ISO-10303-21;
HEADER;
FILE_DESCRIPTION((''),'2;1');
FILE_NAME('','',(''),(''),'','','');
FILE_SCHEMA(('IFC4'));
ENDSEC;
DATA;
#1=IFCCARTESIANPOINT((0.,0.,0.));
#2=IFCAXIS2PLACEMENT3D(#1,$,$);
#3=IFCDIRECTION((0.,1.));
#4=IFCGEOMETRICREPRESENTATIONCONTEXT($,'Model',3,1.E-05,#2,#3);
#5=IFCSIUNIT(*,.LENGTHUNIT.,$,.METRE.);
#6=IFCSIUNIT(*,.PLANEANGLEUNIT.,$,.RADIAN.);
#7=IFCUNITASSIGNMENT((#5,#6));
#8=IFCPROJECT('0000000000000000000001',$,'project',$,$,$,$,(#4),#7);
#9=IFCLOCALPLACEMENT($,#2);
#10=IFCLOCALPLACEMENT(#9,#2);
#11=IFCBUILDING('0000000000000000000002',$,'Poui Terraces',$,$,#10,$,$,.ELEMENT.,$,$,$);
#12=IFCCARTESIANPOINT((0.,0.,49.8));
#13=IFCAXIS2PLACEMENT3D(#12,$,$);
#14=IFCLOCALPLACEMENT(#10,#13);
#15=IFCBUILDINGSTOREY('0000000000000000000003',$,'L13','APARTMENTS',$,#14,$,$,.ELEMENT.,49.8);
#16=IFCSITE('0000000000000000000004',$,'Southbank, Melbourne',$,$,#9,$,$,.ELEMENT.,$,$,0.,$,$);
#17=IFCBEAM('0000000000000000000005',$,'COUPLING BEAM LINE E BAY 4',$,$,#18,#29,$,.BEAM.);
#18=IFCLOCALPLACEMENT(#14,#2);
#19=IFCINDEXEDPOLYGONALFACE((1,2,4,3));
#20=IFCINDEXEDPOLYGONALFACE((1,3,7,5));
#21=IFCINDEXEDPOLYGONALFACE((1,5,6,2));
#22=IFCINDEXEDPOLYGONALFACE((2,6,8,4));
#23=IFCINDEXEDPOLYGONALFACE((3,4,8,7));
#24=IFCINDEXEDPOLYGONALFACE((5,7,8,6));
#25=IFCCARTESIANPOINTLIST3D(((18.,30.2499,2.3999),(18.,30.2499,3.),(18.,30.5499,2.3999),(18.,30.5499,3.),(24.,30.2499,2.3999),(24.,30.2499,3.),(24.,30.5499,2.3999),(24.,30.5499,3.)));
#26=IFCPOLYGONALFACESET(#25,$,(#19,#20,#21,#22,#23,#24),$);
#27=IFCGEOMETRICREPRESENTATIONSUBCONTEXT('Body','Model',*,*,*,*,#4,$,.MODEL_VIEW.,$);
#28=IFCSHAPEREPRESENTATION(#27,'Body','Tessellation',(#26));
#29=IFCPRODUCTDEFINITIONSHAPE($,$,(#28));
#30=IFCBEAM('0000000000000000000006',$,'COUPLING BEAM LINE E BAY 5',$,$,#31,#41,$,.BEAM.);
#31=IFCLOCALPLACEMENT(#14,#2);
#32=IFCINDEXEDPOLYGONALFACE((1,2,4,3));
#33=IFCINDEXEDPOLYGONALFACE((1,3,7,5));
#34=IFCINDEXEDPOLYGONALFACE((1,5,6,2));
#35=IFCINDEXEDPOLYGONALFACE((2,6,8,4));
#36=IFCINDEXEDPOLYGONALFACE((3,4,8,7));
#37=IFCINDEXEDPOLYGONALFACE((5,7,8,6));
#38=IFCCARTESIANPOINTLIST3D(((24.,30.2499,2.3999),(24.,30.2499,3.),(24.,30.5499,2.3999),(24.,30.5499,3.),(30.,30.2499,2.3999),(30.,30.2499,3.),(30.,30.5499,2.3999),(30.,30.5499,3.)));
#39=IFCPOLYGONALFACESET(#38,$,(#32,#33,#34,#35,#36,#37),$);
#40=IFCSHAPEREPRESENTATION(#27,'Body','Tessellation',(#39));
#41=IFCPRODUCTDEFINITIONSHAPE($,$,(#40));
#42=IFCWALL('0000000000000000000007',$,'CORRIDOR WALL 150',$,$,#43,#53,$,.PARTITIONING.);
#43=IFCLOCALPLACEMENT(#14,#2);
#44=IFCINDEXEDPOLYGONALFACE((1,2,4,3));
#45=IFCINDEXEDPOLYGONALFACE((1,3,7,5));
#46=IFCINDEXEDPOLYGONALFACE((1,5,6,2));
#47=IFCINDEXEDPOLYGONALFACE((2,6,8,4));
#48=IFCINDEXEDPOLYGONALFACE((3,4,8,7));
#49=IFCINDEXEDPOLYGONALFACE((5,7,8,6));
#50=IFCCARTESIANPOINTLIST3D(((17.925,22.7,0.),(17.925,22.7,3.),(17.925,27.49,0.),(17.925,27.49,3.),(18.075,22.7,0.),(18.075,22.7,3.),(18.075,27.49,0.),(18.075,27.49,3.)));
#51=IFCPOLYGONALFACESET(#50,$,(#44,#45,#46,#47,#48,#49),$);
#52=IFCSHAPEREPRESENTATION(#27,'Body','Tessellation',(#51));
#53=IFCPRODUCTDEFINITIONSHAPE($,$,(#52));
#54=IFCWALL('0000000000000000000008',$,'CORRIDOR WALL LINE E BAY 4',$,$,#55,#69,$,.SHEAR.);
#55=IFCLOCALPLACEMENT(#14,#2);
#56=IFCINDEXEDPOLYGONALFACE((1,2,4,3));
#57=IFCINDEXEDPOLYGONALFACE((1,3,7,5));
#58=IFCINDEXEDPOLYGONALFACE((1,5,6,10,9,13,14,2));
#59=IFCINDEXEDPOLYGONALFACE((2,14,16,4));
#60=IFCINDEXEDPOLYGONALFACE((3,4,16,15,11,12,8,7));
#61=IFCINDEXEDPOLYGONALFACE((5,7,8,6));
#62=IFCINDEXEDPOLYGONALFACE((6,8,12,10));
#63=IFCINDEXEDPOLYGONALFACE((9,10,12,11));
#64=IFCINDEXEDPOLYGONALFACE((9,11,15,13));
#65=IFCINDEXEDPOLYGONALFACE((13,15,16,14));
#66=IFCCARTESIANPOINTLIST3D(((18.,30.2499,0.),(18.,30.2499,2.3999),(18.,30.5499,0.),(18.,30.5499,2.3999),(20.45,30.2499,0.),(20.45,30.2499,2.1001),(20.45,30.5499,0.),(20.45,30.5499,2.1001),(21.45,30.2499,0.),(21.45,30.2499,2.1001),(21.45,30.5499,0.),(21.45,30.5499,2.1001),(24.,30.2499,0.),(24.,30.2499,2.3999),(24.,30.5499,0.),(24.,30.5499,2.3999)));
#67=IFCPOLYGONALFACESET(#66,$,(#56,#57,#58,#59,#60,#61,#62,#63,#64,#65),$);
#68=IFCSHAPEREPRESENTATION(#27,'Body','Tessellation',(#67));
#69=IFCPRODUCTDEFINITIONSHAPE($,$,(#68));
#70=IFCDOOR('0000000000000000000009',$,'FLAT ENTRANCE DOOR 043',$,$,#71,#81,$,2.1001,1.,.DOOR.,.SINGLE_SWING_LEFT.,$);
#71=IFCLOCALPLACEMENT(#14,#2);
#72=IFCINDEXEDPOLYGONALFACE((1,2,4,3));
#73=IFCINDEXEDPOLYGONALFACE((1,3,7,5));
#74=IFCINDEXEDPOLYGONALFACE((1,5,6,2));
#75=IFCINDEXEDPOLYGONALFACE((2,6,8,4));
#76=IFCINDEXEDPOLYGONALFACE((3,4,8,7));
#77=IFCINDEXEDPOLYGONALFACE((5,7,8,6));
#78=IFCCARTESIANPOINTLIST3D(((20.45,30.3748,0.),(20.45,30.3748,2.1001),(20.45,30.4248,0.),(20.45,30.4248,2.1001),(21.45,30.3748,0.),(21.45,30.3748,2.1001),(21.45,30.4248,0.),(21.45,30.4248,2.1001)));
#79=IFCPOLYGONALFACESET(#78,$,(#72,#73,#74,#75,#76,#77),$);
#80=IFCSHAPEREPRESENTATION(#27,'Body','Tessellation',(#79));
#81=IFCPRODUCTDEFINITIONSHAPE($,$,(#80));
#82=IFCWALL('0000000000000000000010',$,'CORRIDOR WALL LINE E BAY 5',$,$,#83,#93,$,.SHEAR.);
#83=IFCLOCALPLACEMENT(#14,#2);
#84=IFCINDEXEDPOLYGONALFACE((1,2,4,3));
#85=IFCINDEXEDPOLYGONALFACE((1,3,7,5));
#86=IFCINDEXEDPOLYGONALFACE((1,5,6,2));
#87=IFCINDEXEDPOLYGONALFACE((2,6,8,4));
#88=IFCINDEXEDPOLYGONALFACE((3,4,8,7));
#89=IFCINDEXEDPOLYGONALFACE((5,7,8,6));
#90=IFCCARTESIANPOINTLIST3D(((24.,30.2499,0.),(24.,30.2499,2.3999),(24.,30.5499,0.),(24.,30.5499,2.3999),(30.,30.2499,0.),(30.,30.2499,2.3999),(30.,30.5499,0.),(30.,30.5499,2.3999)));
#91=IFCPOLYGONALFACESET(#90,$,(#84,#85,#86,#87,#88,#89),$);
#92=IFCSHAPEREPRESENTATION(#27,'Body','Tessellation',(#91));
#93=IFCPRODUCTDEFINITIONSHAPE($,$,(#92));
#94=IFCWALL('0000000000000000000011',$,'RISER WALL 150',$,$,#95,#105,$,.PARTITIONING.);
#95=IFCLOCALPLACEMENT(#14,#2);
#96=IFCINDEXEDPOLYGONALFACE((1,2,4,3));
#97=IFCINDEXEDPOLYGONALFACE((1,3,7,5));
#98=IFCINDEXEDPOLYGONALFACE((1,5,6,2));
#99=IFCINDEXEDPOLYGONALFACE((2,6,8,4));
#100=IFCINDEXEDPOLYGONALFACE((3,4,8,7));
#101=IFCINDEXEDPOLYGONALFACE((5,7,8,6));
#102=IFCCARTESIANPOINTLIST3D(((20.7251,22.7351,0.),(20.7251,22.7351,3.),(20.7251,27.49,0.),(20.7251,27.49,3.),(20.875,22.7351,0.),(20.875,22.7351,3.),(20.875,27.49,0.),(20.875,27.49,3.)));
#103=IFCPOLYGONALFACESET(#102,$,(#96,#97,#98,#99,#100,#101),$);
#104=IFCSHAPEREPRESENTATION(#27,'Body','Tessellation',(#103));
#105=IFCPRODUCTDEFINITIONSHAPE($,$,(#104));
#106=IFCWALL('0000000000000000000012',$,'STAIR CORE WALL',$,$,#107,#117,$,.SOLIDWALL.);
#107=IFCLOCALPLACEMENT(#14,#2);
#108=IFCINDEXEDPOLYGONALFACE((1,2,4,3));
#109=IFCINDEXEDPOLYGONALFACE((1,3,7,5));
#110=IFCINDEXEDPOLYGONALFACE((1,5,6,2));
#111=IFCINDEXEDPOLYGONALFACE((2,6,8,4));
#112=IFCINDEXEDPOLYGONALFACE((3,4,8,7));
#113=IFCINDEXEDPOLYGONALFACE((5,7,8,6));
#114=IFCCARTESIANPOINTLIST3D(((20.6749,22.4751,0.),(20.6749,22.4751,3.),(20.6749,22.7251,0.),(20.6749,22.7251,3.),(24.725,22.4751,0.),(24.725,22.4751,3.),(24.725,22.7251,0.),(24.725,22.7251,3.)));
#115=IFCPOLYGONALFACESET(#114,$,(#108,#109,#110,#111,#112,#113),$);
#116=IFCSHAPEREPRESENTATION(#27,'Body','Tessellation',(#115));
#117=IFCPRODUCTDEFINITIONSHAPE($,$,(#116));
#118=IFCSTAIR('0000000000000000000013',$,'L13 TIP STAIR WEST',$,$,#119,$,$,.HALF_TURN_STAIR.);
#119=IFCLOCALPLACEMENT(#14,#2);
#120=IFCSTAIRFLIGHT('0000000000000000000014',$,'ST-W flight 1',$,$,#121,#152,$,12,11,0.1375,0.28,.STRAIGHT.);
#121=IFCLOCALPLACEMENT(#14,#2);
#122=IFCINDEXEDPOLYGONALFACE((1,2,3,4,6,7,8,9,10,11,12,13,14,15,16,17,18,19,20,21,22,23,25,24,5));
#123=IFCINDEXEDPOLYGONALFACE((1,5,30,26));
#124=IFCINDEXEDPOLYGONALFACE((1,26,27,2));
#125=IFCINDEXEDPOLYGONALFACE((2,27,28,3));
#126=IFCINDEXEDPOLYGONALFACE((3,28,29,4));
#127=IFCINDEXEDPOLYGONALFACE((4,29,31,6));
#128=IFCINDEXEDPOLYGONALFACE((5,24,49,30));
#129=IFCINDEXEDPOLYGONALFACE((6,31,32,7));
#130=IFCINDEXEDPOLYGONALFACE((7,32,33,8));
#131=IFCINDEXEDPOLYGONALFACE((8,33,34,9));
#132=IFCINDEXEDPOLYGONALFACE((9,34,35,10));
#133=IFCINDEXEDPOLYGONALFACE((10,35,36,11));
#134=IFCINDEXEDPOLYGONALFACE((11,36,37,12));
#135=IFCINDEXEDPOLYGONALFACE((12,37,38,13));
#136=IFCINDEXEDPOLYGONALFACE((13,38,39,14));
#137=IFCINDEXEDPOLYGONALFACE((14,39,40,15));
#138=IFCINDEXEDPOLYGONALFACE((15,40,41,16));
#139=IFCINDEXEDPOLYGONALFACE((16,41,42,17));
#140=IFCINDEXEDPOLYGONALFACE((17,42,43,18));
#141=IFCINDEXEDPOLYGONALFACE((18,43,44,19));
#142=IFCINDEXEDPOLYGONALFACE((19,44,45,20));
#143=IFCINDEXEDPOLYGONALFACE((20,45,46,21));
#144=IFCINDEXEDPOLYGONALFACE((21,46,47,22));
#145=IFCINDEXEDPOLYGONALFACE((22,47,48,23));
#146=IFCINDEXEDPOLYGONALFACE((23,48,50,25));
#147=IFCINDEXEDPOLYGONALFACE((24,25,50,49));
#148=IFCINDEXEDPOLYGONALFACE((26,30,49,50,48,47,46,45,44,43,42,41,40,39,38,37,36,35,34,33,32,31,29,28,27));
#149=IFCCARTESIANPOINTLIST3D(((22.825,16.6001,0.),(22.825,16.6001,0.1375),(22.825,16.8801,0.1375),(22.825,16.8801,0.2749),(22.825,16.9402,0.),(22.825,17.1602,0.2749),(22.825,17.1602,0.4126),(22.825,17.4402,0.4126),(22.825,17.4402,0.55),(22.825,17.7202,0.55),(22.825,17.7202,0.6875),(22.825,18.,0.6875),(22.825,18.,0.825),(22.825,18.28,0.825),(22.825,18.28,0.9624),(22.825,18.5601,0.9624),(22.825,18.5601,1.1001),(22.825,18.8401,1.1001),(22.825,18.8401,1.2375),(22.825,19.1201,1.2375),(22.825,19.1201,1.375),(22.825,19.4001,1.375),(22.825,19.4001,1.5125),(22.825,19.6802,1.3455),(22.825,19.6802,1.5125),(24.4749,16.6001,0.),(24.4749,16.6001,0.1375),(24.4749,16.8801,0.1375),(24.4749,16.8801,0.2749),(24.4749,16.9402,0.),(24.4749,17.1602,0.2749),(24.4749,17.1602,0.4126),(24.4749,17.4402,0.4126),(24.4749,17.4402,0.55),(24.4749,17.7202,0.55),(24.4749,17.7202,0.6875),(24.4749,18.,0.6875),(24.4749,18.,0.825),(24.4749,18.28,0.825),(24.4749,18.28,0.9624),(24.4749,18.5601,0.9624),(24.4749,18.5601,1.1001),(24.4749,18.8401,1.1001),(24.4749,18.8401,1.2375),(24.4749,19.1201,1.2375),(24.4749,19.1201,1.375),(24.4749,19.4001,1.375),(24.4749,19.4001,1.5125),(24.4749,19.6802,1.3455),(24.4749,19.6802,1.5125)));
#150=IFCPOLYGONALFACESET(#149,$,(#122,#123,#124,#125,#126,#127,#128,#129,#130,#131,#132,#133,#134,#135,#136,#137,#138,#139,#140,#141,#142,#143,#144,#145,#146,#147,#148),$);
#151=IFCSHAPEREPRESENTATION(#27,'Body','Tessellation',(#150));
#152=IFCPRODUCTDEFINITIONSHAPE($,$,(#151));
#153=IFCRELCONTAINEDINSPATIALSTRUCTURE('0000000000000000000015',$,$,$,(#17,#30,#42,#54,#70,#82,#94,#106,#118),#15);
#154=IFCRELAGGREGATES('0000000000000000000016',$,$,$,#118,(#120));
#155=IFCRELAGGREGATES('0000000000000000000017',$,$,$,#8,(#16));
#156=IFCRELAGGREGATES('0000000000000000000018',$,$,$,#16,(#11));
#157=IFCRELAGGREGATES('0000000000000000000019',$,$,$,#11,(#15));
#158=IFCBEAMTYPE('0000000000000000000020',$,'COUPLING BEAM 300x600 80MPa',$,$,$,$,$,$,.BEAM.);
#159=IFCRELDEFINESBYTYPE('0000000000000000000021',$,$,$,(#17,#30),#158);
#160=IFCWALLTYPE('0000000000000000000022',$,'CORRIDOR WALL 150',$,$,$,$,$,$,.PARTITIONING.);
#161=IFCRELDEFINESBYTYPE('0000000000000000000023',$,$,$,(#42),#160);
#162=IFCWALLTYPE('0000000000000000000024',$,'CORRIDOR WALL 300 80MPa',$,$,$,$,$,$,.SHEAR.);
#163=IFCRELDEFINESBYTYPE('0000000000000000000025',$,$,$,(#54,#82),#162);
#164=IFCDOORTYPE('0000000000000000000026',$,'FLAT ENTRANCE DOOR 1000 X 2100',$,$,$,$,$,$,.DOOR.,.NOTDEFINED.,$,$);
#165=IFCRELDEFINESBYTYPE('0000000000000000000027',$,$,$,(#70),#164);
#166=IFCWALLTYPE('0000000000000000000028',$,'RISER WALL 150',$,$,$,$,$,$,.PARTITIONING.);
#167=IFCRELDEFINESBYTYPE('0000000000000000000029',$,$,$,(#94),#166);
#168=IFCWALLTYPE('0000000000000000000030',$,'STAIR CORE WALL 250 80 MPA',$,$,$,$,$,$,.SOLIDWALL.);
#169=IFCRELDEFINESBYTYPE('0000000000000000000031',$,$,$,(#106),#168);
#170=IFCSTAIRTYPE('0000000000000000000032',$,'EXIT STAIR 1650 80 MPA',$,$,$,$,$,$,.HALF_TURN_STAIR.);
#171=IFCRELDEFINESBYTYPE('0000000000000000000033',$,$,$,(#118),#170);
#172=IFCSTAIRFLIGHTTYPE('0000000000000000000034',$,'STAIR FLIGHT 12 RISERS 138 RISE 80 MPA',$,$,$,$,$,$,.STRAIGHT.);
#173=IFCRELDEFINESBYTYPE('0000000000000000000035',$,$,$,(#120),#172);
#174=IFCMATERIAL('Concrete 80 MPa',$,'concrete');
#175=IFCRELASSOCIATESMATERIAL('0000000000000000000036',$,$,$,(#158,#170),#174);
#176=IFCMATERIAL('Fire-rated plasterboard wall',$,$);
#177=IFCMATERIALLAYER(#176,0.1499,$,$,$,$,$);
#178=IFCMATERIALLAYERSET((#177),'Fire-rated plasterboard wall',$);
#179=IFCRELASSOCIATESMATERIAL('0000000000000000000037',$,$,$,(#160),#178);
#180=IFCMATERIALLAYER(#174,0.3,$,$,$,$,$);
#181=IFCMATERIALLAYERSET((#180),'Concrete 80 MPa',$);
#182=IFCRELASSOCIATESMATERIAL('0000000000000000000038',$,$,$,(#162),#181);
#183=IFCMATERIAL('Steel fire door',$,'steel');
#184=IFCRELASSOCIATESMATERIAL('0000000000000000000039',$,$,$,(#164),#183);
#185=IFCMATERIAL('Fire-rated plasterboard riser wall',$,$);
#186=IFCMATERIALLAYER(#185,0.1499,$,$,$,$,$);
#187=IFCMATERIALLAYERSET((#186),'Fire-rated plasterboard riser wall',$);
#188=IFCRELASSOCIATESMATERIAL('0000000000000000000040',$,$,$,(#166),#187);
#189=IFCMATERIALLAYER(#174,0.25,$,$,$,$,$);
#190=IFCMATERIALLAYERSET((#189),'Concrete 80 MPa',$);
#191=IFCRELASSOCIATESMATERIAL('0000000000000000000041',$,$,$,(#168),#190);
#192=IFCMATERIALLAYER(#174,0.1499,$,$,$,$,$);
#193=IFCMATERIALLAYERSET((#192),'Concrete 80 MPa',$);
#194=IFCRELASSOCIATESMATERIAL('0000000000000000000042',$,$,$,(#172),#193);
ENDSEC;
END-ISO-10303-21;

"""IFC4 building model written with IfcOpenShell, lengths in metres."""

from ifc_helpers import new_model, si_unit, direction, frame, frame_2d, origin, origin_2d, place, context, subcontext, project, spatial, polyline, rectangle, outline, extrude, source, transform, mapped, material, layer, layer_set, material_profile, profile_set, type_object, element, fill, aggregate, save


model = new_model("IFC4")

# Units and contexts
model_context = context("Model", 3, precision=1e-05, world=origin(), true_north=direction((0.0, 1.0)))
body_context = subcontext(model_context, "Body", "Model", "MODEL_VIEW")
ifc_project = project(units=[si_unit("LENGTHUNIT", "METRE"), si_unit("PLANEANGLEUNIT", "RADIAN")], contexts=[model_context])

# Site, building, storey
site_placement = place(None, origin())
site = spatial("IfcSite", under=ifc_project, at=site_placement, Name="Southbank, Melbourne", CompositionType="ELEMENT", RefElevation=0.0)
building_placement = place(site_placement, origin())
building = spatial("IfcBuilding", under=site, at=building_placement, Name="Poui Terraces", CompositionType="ELEMENT")
storey_placement = place(building_placement, frame((0.0, 0.0, 49.8)))
storey = spatial("IfcBuildingStorey", under=building, at=storey_placement, Name="L13", Description="APARTMENTS", CompositionType="ELEMENT", Elevation=49.8)

# Beams
ifc_material_1 = material(Name="Concrete 80 MPa", Category="concrete")
ifc_material_profile = material_profile(ifc_material_1, rectangle(XDim=0.3, YDim=0.6001, at=origin_2d()), Name="RC 300x600")
ifc_profile_set = profile_set([ifc_material_profile], Name="Concrete 80 MPa")
beam_type = type_object("IfcBeamType", Name="COUPLING BEAM 300x600 80MPa", PredefinedType="BEAM", material=ifc_profile_set)
shared_shape = source(origin(), body_context, "Body", "SweptSolid", [
    extrude(rectangle(XDim=0.3, YDim=0.6001, at=origin_2d()), origin(), (0.0, 0.0, 1.0), 6.0),
])
for number, where, z_axis, x_axis, name in (
    (1, (18.0, 30.3999, 2.7), (1.0, 0.0, 0.0), (0.0, 1.0, 0.0), "COUPLING BEAM LINE E BAY 4"),
    (2, (24.0, 30.3999, 2.7), (1.0, 0.0, 0.0), (0.0, 1.0, 0.0), "COUPLING BEAM LINE E BAY 5"),
):
    element("IfcBeam", number, at=place(storey_placement, frame(where, z_axis=z_axis, x_axis=x_axis)), inside=storey, type_object=beam_type, Name=name, PredefinedType="BEAM", context=body_context, shape_type="MappedRepresentation", body=[
        mapped(shared_shape, transform((0.0, 0.0, 0.0))),
    ])

# Wall
ifc_material_2 = material(Name="Fire-rated plasterboard wall")
ifc_layer_1 = layer(ifc_material_2, 0.1499)
ifc_layer_set_1 = layer_set([ifc_layer_1], Name="Fire-rated plasterboard wall")
wall_type_1 = type_object("IfcWallType", Name="CORRIDOR WALL 150", PredefinedType="PARTITIONING", material=ifc_layer_set_1)
wall_1_placement = place(storey_placement, frame((18.0, 22.7, 0.0), z_axis=(0.0, 0.0, 1.0), x_axis=(0.0, 1.0, 0.0)))
element("IfcWall", 3, at=wall_1_placement, inside=storey, type_object=wall_type_1, Name="CORRIDOR WALL 150", PredefinedType="PARTITIONING", context=body_context, shape_type="SweptSolid", body=[
    extrude(rectangle(XDim=4.79, YDim=0.1499, at=frame_2d((2.395, 0.0))), origin(), (0.0, 0.0, 1.0), 3.0),
])

# Wall, opening, door
ifc_layer_2 = layer(ifc_material_1, 0.3)
ifc_layer_set_2 = layer_set([ifc_layer_2], Name="Concrete 80 MPa")
wall_type_2 = type_object("IfcWallType", Name="CORRIDOR WALL 300 80MPa", PredefinedType="SHEAR", material=ifc_layer_set_2)
wall_2_placement = place(storey_placement, frame((18.0, 30.3999, 0.0), z_axis=(0.0, 0.0, 1.0), x_axis=(1.0, 0.0, 0.0)))
wall_2 = element("IfcWall", 4, at=wall_2_placement, inside=storey, type_object=wall_type_2, Name="CORRIDOR WALL LINE E BAY 4", PredefinedType="SHEAR", context=body_context, shape_type="SweptSolid", body=[
    extrude(rectangle(XDim=6.0, YDim=0.3, at=frame_2d((3.0, 0.0))), origin(), (0.0, 0.0, 1.0), 2.3999),
])
opening_placement = place(wall_2_placement, frame((2.45, 0.0, 0.0)))
opening = element("IfcOpeningElement", 5, at=opening_placement, cuts=wall_2, PredefinedType="OPENING", context=body_context, shape_type="SweptSolid", body=[
    extrude(rectangle(XDim=1.0, YDim=2.1001, at=frame_2d((0.5, 1.05))), frame((0.0, 0.1602, 0.0), z_axis=(0.0, -1.0, 0.0), x_axis=(1.0, 0.0, 0.0)), (0.0, 0.0, 1.0), 0.3201),
])
ifc_material_3 = material(Name="Steel fire door", Category="steel")
door_type = type_object("IfcDoorType", Name="FLAT ENTRANCE DOOR 1000 X 2100", OperationType="NOTDEFINED", PredefinedType="DOOR", material=ifc_material_3)
door_placement = place(opening_placement, origin())
door = element("IfcDoor", 6, at=door_placement, inside=storey, type_object=door_type, Name="FLAT ENTRANCE DOOR 043", OperationType="SINGLE_SWING_LEFT", OverallHeight=2.1001, OverallWidth=1.0, PredefinedType="DOOR", context=body_context, shape_type="SweptSolid", body=[
    extrude(rectangle(XDim=1.0, YDim=2.1001, at=frame_2d((0.5, 1.05))), frame((0.0, 0.0249, 0.0), z_axis=(0.0, -1.0, 0.0), x_axis=(1.0, 0.0, 0.0)), (0.0, 0.0, 1.0), 0.05),
])
fill(opening, door)

# Walls
wall_3_placement = place(storey_placement, frame((24.0, 30.3999, 0.0), z_axis=(0.0, 0.0, 1.0), x_axis=(1.0, 0.0, 0.0)))
element("IfcWall", 7, at=wall_3_placement, inside=storey, type_object=wall_type_2, Name="CORRIDOR WALL LINE E BAY 5", PredefinedType="SHEAR", context=body_context, shape_type="SweptSolid", body=[
    extrude(rectangle(XDim=6.0, YDim=0.3, at=frame_2d((3.0, 0.0))), origin(), (0.0, 0.0, 1.0), 2.3999),
])
ifc_material_4 = material(Name="Fire-rated plasterboard riser wall")
ifc_layer_3 = layer(ifc_material_4, 0.1499)
ifc_layer_set_3 = layer_set([ifc_layer_3], Name="Fire-rated plasterboard riser wall")
wall_type_3 = type_object("IfcWallType", Name="RISER WALL 150", PredefinedType="PARTITIONING", material=ifc_layer_set_3)
wall_4_placement = place(storey_placement, frame((20.8, 22.7351, 0.0), z_axis=(0.0, 0.0, 1.0), x_axis=(0.0, 1.0, 0.0)))
element("IfcWall", 8, at=wall_4_placement, inside=storey, type_object=wall_type_3, Name="RISER WALL 150", PredefinedType="PARTITIONING", context=body_context, shape_type="SweptSolid", body=[
    extrude(rectangle(XDim=4.7549, YDim=0.1499, at=frame_2d((2.3774, 0.0))), origin(), (0.0, 0.0, 1.0), 3.0),
])
ifc_layer_4 = layer(ifc_material_1, 0.25)
ifc_layer_set_4 = layer_set([ifc_layer_4], Name="Concrete 80 MPa")
wall_type_4 = type_object("IfcWallType", Name="STAIR CORE WALL 250 80 MPA", PredefinedType="SOLIDWALL", material=ifc_layer_set_4)
wall_5_placement = place(storey_placement, frame((20.675, 22.6001, 0.0), z_axis=(0.0, 0.0, 1.0), x_axis=(1.0, 0.0, 0.0)))
element("IfcWall", 9, at=wall_5_placement, inside=storey, type_object=wall_type_4, Name="STAIR CORE WALL", PredefinedType="SOLIDWALL", context=body_context, shape_type="SweptSolid", body=[
    extrude(rectangle(XDim=4.05, YDim=0.25, at=frame_2d((2.0249, 0.0))), origin(), (0.0, 0.0, 1.0), 3.0),
])

# Stair, stair flight
stair_type = type_object("IfcStairType", Name="EXIT STAIR 1650 80 MPA", PredefinedType="HALF_TURN_STAIR", material=ifc_material_1)
stair_placement = place(storey_placement, origin())
stair = element("IfcStair", 10, at=stair_placement, inside=storey, type_object=stair_type, Name="L13 TIP STAIR WEST", PredefinedType="HALF_TURN_STAIR")
ifc_layer_5 = layer(ifc_material_1, 0.1499)
ifc_layer_set_5 = layer_set([ifc_layer_5], Name="Concrete 80 MPa")
stair_flight_type = type_object("IfcStairFlightType", Name="STAIR FLIGHT 12 RISERS 138 RISE 80 MPA", PredefinedType="STRAIGHT", material=ifc_layer_set_5)
stair_flight_1_placement = place(storey_placement, frame((23.6499, 16.6001, 0.0), z_axis=(0.0, 0.0, 1.0), x_axis=(0.0, 1.0, 0.0)))
stair_flight_1 = element("IfcStairFlight", 11, at=stair_flight_1_placement, type_object=stair_flight_type, Name="ST-W flight 1", NumberOfRisers=12, NumberOfTreads=11, PredefinedType="STRAIGHT", RiserHeight=0.1375, TreadLength=0.28, context=body_context, shape_type="SweptSolid", body=[
    extrude(outline(polyline([(0.0, 0.0), (0.0, 0.1375), (0.28, 0.1375), (0.28, 0.2749), (0.5601, 0.2749), (0.5601, 0.4126), (0.8401, 0.4126), (0.8401, 0.55), (1.1201, 0.55), (1.1201, 0.6875), (1.3999, 0.6875), (1.3999, 0.825), (1.6799, 0.825), (1.6799, 0.9624), (1.96, 0.9624), (1.96, 1.1001), (2.24, 1.1001), (2.24, 1.2375), (2.52, 1.2375), (2.52, 1.375), (2.8, 1.375), (2.8, 1.5125), (3.0801, 1.5125), (3.0801, 1.6499), (3.0801, 1.3455), (0.3401, 0.0), (0.0, 0.0)])), frame((0.0, 0.825, 0.0), z_axis=(0.0, -1.0, 0.0), x_axis=(1.0, 0.0, 0.0)), (0.0, 0.0, 1.0), 1.6499),
])
aggregate(stair, [stair_flight_1])

save(model, "model.ifc")
